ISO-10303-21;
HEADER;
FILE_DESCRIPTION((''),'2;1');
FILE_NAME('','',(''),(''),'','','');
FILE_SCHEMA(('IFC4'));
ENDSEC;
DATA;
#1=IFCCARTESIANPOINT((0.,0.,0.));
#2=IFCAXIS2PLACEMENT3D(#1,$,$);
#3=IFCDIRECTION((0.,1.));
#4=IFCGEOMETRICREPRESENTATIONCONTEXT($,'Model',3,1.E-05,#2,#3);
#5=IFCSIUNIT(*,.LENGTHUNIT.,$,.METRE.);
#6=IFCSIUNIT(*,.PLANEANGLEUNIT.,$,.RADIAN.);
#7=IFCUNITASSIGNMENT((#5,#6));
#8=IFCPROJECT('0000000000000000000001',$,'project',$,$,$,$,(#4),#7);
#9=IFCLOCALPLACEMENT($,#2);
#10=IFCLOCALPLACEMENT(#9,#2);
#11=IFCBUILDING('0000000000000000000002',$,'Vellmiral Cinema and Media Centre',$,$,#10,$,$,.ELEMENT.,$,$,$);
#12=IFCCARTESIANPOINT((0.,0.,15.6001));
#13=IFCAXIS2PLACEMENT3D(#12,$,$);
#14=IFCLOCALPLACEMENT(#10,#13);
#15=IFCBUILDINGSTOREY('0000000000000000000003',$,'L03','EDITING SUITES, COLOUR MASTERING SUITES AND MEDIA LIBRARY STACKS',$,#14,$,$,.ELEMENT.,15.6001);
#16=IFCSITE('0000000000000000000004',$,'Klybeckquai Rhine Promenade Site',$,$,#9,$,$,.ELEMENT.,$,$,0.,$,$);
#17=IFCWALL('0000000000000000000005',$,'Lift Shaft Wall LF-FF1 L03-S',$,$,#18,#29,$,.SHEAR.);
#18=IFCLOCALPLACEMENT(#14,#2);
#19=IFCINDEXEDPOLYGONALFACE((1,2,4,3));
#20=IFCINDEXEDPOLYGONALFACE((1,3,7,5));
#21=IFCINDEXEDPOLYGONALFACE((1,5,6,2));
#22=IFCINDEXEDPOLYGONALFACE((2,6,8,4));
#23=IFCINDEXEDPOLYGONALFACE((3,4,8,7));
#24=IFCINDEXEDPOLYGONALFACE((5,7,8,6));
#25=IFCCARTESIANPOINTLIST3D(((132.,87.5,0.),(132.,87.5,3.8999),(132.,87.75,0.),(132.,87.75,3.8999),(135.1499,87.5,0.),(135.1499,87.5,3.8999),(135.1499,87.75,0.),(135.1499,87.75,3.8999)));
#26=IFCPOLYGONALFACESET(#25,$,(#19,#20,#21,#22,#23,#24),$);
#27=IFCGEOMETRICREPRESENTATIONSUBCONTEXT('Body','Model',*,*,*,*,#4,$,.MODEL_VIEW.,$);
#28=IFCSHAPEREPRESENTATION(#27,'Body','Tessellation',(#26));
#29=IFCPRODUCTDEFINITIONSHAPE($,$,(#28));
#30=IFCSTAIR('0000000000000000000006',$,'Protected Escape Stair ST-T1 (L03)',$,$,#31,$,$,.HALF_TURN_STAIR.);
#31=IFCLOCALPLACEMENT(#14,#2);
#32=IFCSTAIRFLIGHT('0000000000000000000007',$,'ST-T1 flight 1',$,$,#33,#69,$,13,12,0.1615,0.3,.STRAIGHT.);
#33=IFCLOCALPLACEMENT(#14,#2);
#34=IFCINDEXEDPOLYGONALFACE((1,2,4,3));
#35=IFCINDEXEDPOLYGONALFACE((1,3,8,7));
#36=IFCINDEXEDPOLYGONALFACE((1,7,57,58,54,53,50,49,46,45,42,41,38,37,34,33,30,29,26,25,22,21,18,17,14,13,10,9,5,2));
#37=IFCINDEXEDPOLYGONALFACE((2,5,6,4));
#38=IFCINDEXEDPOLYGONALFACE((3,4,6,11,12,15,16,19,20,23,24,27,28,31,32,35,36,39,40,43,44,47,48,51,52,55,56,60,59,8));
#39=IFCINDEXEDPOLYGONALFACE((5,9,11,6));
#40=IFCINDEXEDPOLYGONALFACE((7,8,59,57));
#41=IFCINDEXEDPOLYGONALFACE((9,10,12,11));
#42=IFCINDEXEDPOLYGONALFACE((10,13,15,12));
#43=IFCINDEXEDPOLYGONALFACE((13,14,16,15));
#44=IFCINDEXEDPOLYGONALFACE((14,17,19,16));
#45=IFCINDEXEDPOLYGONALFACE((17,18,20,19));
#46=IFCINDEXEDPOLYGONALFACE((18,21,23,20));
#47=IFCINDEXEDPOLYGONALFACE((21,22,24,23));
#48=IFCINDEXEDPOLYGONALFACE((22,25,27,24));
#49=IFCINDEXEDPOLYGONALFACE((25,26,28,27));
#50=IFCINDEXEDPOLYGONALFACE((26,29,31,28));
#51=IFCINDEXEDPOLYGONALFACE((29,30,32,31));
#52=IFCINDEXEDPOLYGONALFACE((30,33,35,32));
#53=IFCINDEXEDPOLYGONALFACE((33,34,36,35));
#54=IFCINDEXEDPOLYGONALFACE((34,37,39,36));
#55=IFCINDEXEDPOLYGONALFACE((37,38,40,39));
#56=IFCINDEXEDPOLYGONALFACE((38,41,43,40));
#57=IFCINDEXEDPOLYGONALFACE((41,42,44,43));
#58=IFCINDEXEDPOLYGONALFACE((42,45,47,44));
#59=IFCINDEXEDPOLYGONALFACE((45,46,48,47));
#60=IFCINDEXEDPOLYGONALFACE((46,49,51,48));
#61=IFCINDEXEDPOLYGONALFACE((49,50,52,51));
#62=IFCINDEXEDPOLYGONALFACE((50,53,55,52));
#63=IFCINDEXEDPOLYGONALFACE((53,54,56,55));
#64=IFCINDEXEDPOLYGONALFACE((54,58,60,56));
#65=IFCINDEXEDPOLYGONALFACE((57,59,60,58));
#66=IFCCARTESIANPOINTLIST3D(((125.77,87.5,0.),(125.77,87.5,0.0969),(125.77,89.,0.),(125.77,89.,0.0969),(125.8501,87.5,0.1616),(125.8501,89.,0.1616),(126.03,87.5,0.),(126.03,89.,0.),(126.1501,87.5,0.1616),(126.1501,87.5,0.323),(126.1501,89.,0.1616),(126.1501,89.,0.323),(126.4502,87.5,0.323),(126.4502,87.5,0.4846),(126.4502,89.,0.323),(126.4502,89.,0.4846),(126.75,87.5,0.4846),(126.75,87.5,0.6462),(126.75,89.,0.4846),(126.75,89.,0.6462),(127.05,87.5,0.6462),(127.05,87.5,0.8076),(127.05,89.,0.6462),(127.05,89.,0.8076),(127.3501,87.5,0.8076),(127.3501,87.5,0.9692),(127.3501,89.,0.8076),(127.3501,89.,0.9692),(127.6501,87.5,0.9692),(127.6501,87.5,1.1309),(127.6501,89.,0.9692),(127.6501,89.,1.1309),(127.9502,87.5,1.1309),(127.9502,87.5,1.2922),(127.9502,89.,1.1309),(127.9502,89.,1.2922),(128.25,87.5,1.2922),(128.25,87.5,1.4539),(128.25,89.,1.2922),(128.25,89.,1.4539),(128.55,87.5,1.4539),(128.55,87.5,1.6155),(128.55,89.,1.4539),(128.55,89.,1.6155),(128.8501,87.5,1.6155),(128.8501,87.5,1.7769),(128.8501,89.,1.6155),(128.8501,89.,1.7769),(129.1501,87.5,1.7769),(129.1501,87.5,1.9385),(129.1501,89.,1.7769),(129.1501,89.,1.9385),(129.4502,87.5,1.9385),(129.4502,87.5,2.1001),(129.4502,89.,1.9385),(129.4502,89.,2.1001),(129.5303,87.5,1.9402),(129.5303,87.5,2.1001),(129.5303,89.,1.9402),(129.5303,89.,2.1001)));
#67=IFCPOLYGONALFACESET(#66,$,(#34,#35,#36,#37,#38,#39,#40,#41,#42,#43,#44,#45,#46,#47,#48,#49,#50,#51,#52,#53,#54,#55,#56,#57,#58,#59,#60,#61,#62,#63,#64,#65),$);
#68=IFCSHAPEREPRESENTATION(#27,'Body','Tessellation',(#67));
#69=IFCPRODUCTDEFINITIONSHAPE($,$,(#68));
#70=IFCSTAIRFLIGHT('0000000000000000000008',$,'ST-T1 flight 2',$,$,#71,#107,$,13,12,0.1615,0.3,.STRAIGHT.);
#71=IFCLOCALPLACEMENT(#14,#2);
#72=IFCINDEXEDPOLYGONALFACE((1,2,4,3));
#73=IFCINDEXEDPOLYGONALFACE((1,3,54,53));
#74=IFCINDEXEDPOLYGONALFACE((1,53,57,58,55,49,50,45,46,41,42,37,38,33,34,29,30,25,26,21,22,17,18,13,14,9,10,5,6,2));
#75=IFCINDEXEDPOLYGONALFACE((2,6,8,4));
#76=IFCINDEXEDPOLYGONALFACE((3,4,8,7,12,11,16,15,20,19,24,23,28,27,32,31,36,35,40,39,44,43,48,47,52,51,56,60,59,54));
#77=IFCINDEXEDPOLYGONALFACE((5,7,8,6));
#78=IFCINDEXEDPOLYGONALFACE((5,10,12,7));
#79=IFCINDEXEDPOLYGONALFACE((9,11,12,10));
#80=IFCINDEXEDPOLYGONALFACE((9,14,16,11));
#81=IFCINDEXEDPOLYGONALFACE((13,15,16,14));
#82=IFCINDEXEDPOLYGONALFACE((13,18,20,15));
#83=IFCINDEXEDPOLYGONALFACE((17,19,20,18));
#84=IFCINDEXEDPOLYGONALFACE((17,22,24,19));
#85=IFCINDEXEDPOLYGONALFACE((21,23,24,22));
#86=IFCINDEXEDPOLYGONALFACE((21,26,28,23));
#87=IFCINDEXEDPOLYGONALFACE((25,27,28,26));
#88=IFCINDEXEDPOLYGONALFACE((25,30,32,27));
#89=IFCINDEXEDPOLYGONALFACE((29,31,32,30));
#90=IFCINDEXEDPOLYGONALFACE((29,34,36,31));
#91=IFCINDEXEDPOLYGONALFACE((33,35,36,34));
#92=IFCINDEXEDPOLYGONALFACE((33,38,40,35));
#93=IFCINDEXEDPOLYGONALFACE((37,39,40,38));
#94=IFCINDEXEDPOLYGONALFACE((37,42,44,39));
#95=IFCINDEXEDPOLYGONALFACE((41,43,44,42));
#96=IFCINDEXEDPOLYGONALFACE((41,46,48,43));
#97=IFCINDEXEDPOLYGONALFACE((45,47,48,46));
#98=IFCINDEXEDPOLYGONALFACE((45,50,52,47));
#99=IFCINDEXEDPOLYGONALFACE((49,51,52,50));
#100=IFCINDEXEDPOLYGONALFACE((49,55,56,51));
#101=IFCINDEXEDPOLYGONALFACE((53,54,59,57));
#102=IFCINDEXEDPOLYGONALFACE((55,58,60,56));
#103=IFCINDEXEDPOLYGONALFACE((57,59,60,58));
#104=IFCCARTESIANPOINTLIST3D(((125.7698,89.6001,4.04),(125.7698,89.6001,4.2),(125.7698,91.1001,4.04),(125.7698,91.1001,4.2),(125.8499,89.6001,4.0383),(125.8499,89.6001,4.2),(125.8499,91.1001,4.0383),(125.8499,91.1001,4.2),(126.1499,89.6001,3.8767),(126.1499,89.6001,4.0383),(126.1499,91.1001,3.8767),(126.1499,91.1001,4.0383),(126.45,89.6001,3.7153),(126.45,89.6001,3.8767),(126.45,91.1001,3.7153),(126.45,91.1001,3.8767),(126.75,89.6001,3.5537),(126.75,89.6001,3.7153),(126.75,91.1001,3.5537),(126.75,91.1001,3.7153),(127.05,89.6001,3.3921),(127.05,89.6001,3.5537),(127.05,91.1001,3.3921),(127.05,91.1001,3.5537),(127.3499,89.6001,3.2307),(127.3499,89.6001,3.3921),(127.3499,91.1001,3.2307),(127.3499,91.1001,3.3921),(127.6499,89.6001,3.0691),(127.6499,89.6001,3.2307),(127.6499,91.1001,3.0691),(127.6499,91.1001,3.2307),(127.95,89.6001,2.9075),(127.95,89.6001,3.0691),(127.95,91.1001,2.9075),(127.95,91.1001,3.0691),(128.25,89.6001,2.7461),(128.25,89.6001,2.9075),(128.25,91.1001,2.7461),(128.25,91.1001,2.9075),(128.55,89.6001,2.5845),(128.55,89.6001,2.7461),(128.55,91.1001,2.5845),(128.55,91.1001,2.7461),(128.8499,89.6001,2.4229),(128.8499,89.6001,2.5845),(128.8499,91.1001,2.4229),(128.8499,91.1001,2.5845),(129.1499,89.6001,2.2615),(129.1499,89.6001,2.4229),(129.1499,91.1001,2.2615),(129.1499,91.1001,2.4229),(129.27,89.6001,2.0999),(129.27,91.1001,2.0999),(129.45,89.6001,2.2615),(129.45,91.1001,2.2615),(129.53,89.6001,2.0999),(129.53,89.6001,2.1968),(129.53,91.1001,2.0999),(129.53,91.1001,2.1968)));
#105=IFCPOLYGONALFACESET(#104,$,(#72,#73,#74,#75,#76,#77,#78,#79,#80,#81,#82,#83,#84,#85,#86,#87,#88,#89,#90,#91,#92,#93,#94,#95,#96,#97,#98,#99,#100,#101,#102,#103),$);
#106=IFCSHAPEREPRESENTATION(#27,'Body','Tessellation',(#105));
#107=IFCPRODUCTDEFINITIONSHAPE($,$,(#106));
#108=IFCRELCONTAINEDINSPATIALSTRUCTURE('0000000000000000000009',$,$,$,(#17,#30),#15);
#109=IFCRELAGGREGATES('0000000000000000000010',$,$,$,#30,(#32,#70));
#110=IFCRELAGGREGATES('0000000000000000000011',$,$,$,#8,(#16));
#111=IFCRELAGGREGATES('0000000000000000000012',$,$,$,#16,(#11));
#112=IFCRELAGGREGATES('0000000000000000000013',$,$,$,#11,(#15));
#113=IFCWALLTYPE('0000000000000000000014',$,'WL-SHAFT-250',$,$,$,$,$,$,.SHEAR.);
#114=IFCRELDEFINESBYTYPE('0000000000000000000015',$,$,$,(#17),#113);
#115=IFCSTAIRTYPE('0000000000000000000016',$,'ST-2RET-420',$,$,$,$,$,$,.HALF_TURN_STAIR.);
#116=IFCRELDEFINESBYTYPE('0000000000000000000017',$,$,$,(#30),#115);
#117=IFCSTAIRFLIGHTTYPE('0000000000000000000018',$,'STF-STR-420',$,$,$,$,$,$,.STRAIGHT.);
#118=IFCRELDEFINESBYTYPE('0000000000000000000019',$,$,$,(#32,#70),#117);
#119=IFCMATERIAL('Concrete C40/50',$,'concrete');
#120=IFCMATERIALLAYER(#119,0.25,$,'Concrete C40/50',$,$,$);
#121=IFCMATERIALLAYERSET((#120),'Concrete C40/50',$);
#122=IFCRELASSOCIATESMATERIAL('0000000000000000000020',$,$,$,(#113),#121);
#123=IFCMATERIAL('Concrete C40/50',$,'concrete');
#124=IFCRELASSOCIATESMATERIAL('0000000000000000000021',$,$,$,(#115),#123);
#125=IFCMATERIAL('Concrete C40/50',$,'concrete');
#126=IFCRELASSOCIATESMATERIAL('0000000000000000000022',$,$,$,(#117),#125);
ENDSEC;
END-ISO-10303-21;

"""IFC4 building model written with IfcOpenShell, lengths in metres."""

from ifc_helpers import new_model, si_unit, direction, frame, frame_2d, origin, place, context, subcontext, project, spatial, polyline, rectangle, outline, extrude, material, layer, layer_set, type_object, element, aggregate, save


model = new_model("IFC4")

# Units and contexts
model_context = context("Model", 3, precision=1e-05, world=origin(), true_north=direction((0.0, 1.0)))
body_context = subcontext(model_context, "Body", "Model", "MODEL_VIEW")
ifc_project = project(units=[si_unit("LENGTHUNIT", "METRE"), si_unit("PLANEANGLEUNIT", "RADIAN")], contexts=[model_context])

# Site, building, storey
site_placement = place(None, origin())
site = spatial("IfcSite", under=ifc_project, at=site_placement, Name="Klybeckquai Rhine Promenade Site", CompositionType="ELEMENT", RefElevation=0.0)
building_placement = place(site_placement, origin())
building = spatial("IfcBuilding", under=site, at=building_placement, Name="Vellmiral Cinema and Media Centre", CompositionType="ELEMENT")
storey_placement = place(building_placement, frame((0.0, 0.0, 15.6001)))
storey = spatial("IfcBuildingStorey", under=building, at=storey_placement, Name="L03", Description="EDITING SUITES, COLOUR MASTERING SUITES AND MEDIA LIBRARY STACKS", CompositionType="ELEMENT", Elevation=15.6001)

# Wall
ifc_material_1 = material(Name="Concrete C40/50", Category="concrete")
ifc_layer_1 = layer(ifc_material_1, 0.25, Name="Concrete C40/50")
ifc_layer_set_1 = layer_set([ifc_layer_1], Name="Concrete C40/50")
wall_type_1 = type_object("IfcWallType", Name="WL-SHAFT-250", PredefinedType="SHEAR", material=ifc_layer_set_1)
wall_1_placement = place(storey_placement, frame((132.0, 87.625, 0.0), z_axis=(0.0, 0.0, 1.0), x_axis=(1.0, 0.0, 0.0)))
element("IfcWall", 1, at=wall_1_placement, inside=storey, type_object=wall_type_1, Name="Lift Shaft Wall LF-FF1 L03-S", PredefinedType="SHEAR", context=body_context, shape_type="SweptSolid", body=[
    extrude(rectangle(XDim=3.1499, YDim=0.25, at=frame_2d((1.575, 0.0))), origin(), (0.0, 0.0, 1.0), 3.8999),
])

# Stair, stair flights
ifc_material_2 = material(Name="Concrete C40/50", Category="concrete")
stair_type = type_object("IfcStairType", Name="ST-2RET-420", PredefinedType="HALF_TURN_STAIR", material=ifc_material_2)
stair_placement = place(storey_placement, origin())
stair = element("IfcStair", 2, at=stair_placement, inside=storey, type_object=stair_type, Name="Protected Escape Stair ST-T1 (L03)", PredefinedType="HALF_TURN_STAIR")
ifc_material_3 = material(Name="Concrete C40/50", Category="concrete")
stair_flight_type = type_object("IfcStairFlightType", Name="STF-STR-420", PredefinedType="STRAIGHT", material=ifc_material_3)
stair_flight_1_placement = place(storey_placement, frame((125.8501, 88.25, 0.0), z_axis=(0.0, 0.0, 1.0), x_axis=(1.0, 0.0, 0.0)))
stair_flight_1 = element("IfcStairFlight", 3, at=stair_flight_1_placement, type_object=stair_flight_type, Name="ST-T1 flight 1", NumberOfRisers=13, NumberOfTreads=12, PredefinedType="STRAIGHT", RiserHeight=0.1615, TreadLength=0.3, context=body_context, shape_type="SweptSolid", body=[
    extrude(outline(polyline([(-0.0801, 0.0), (-0.0801, 0.0969), (0.0, 0.1616), (0.3, 0.1616), (0.3, 0.323), (0.6001, 0.323), (0.6001, 0.4846), (0.8999, 0.4846), (0.8999, 0.6462), (1.2, 0.6462), (1.2, 0.8076), (1.5, 0.8076), (1.5, 0.9692), (1.8, 0.9692), (1.8, 1.1309), (2.1001, 1.1309), (2.1001, 1.2922), (2.3999, 1.2922), (2.3999, 1.4539), (2.7, 1.4539), (2.7, 1.6155), (3.0, 1.6155), (3.0, 1.7769), (3.3, 1.7769), (3.3, 1.9385), (3.6001, 1.9385), (3.6001, 2.1001), (3.6802, 2.1001), (3.6802, 1.9402), (0.1799, 0.0), (-0.0801, 0.0)])), frame((0.0, 0.75, 0.0), z_axis=(0.0, -1.0, 0.0), x_axis=(1.0, 0.0, 0.0)), (0.0, 0.0, 1.0), 1.5),
])
stair_flight_2_placement = place(storey_placement, frame((129.45, 90.3501, 2.0999), z_axis=(0.0, 0.0, 1.0), x_axis=(-1.0, 0.0, 0.0)))
stair_flight_2 = element("IfcStairFlight", 4, at=stair_flight_2_placement, type_object=stair_flight_type, Name="ST-T1 flight 2", NumberOfRisers=13, NumberOfTreads=12, PredefinedType="STRAIGHT", RiserHeight=0.1615, TreadLength=0.3, context=body_context, shape_type="SweptSolid", body=[
    extrude(outline(polyline([(-0.0801, 0.0), (-0.0801, 0.0969), (0.0, 0.1616), (0.3, 0.1616), (0.3, 0.323), (0.6001, 0.323), (0.6001, 0.4846), (0.8999, 0.4846), (0.8999, 0.6462), (1.2, 0.6462), (1.2, 0.8076), (1.5, 0.8076), (1.5, 0.9692), (1.8, 0.9692), (1.8, 1.1309), (2.1001, 1.1309), (2.1001, 1.2922), (2.3999, 1.2922), (2.3999, 1.4539), (2.7, 1.4539), (2.7, 1.6155), (3.0, 1.6155), (3.0, 1.7769), (3.3, 1.7769), (3.3, 1.9385), (3.6001, 1.9385), (3.6001, 2.1001), (3.6802, 2.1001), (3.6802, 1.9402), (0.1799, 0.0), (-0.0801, 0.0)])), frame((0.0, 0.75, 0.0), z_axis=(0.0, -1.0, 0.0), x_axis=(1.0, 0.0, 0.0)), (0.0, 0.0, 1.0), 1.5),
])
aggregate(stair, [stair_flight_1, stair_flight_2])

save(model, "model.ifc")
